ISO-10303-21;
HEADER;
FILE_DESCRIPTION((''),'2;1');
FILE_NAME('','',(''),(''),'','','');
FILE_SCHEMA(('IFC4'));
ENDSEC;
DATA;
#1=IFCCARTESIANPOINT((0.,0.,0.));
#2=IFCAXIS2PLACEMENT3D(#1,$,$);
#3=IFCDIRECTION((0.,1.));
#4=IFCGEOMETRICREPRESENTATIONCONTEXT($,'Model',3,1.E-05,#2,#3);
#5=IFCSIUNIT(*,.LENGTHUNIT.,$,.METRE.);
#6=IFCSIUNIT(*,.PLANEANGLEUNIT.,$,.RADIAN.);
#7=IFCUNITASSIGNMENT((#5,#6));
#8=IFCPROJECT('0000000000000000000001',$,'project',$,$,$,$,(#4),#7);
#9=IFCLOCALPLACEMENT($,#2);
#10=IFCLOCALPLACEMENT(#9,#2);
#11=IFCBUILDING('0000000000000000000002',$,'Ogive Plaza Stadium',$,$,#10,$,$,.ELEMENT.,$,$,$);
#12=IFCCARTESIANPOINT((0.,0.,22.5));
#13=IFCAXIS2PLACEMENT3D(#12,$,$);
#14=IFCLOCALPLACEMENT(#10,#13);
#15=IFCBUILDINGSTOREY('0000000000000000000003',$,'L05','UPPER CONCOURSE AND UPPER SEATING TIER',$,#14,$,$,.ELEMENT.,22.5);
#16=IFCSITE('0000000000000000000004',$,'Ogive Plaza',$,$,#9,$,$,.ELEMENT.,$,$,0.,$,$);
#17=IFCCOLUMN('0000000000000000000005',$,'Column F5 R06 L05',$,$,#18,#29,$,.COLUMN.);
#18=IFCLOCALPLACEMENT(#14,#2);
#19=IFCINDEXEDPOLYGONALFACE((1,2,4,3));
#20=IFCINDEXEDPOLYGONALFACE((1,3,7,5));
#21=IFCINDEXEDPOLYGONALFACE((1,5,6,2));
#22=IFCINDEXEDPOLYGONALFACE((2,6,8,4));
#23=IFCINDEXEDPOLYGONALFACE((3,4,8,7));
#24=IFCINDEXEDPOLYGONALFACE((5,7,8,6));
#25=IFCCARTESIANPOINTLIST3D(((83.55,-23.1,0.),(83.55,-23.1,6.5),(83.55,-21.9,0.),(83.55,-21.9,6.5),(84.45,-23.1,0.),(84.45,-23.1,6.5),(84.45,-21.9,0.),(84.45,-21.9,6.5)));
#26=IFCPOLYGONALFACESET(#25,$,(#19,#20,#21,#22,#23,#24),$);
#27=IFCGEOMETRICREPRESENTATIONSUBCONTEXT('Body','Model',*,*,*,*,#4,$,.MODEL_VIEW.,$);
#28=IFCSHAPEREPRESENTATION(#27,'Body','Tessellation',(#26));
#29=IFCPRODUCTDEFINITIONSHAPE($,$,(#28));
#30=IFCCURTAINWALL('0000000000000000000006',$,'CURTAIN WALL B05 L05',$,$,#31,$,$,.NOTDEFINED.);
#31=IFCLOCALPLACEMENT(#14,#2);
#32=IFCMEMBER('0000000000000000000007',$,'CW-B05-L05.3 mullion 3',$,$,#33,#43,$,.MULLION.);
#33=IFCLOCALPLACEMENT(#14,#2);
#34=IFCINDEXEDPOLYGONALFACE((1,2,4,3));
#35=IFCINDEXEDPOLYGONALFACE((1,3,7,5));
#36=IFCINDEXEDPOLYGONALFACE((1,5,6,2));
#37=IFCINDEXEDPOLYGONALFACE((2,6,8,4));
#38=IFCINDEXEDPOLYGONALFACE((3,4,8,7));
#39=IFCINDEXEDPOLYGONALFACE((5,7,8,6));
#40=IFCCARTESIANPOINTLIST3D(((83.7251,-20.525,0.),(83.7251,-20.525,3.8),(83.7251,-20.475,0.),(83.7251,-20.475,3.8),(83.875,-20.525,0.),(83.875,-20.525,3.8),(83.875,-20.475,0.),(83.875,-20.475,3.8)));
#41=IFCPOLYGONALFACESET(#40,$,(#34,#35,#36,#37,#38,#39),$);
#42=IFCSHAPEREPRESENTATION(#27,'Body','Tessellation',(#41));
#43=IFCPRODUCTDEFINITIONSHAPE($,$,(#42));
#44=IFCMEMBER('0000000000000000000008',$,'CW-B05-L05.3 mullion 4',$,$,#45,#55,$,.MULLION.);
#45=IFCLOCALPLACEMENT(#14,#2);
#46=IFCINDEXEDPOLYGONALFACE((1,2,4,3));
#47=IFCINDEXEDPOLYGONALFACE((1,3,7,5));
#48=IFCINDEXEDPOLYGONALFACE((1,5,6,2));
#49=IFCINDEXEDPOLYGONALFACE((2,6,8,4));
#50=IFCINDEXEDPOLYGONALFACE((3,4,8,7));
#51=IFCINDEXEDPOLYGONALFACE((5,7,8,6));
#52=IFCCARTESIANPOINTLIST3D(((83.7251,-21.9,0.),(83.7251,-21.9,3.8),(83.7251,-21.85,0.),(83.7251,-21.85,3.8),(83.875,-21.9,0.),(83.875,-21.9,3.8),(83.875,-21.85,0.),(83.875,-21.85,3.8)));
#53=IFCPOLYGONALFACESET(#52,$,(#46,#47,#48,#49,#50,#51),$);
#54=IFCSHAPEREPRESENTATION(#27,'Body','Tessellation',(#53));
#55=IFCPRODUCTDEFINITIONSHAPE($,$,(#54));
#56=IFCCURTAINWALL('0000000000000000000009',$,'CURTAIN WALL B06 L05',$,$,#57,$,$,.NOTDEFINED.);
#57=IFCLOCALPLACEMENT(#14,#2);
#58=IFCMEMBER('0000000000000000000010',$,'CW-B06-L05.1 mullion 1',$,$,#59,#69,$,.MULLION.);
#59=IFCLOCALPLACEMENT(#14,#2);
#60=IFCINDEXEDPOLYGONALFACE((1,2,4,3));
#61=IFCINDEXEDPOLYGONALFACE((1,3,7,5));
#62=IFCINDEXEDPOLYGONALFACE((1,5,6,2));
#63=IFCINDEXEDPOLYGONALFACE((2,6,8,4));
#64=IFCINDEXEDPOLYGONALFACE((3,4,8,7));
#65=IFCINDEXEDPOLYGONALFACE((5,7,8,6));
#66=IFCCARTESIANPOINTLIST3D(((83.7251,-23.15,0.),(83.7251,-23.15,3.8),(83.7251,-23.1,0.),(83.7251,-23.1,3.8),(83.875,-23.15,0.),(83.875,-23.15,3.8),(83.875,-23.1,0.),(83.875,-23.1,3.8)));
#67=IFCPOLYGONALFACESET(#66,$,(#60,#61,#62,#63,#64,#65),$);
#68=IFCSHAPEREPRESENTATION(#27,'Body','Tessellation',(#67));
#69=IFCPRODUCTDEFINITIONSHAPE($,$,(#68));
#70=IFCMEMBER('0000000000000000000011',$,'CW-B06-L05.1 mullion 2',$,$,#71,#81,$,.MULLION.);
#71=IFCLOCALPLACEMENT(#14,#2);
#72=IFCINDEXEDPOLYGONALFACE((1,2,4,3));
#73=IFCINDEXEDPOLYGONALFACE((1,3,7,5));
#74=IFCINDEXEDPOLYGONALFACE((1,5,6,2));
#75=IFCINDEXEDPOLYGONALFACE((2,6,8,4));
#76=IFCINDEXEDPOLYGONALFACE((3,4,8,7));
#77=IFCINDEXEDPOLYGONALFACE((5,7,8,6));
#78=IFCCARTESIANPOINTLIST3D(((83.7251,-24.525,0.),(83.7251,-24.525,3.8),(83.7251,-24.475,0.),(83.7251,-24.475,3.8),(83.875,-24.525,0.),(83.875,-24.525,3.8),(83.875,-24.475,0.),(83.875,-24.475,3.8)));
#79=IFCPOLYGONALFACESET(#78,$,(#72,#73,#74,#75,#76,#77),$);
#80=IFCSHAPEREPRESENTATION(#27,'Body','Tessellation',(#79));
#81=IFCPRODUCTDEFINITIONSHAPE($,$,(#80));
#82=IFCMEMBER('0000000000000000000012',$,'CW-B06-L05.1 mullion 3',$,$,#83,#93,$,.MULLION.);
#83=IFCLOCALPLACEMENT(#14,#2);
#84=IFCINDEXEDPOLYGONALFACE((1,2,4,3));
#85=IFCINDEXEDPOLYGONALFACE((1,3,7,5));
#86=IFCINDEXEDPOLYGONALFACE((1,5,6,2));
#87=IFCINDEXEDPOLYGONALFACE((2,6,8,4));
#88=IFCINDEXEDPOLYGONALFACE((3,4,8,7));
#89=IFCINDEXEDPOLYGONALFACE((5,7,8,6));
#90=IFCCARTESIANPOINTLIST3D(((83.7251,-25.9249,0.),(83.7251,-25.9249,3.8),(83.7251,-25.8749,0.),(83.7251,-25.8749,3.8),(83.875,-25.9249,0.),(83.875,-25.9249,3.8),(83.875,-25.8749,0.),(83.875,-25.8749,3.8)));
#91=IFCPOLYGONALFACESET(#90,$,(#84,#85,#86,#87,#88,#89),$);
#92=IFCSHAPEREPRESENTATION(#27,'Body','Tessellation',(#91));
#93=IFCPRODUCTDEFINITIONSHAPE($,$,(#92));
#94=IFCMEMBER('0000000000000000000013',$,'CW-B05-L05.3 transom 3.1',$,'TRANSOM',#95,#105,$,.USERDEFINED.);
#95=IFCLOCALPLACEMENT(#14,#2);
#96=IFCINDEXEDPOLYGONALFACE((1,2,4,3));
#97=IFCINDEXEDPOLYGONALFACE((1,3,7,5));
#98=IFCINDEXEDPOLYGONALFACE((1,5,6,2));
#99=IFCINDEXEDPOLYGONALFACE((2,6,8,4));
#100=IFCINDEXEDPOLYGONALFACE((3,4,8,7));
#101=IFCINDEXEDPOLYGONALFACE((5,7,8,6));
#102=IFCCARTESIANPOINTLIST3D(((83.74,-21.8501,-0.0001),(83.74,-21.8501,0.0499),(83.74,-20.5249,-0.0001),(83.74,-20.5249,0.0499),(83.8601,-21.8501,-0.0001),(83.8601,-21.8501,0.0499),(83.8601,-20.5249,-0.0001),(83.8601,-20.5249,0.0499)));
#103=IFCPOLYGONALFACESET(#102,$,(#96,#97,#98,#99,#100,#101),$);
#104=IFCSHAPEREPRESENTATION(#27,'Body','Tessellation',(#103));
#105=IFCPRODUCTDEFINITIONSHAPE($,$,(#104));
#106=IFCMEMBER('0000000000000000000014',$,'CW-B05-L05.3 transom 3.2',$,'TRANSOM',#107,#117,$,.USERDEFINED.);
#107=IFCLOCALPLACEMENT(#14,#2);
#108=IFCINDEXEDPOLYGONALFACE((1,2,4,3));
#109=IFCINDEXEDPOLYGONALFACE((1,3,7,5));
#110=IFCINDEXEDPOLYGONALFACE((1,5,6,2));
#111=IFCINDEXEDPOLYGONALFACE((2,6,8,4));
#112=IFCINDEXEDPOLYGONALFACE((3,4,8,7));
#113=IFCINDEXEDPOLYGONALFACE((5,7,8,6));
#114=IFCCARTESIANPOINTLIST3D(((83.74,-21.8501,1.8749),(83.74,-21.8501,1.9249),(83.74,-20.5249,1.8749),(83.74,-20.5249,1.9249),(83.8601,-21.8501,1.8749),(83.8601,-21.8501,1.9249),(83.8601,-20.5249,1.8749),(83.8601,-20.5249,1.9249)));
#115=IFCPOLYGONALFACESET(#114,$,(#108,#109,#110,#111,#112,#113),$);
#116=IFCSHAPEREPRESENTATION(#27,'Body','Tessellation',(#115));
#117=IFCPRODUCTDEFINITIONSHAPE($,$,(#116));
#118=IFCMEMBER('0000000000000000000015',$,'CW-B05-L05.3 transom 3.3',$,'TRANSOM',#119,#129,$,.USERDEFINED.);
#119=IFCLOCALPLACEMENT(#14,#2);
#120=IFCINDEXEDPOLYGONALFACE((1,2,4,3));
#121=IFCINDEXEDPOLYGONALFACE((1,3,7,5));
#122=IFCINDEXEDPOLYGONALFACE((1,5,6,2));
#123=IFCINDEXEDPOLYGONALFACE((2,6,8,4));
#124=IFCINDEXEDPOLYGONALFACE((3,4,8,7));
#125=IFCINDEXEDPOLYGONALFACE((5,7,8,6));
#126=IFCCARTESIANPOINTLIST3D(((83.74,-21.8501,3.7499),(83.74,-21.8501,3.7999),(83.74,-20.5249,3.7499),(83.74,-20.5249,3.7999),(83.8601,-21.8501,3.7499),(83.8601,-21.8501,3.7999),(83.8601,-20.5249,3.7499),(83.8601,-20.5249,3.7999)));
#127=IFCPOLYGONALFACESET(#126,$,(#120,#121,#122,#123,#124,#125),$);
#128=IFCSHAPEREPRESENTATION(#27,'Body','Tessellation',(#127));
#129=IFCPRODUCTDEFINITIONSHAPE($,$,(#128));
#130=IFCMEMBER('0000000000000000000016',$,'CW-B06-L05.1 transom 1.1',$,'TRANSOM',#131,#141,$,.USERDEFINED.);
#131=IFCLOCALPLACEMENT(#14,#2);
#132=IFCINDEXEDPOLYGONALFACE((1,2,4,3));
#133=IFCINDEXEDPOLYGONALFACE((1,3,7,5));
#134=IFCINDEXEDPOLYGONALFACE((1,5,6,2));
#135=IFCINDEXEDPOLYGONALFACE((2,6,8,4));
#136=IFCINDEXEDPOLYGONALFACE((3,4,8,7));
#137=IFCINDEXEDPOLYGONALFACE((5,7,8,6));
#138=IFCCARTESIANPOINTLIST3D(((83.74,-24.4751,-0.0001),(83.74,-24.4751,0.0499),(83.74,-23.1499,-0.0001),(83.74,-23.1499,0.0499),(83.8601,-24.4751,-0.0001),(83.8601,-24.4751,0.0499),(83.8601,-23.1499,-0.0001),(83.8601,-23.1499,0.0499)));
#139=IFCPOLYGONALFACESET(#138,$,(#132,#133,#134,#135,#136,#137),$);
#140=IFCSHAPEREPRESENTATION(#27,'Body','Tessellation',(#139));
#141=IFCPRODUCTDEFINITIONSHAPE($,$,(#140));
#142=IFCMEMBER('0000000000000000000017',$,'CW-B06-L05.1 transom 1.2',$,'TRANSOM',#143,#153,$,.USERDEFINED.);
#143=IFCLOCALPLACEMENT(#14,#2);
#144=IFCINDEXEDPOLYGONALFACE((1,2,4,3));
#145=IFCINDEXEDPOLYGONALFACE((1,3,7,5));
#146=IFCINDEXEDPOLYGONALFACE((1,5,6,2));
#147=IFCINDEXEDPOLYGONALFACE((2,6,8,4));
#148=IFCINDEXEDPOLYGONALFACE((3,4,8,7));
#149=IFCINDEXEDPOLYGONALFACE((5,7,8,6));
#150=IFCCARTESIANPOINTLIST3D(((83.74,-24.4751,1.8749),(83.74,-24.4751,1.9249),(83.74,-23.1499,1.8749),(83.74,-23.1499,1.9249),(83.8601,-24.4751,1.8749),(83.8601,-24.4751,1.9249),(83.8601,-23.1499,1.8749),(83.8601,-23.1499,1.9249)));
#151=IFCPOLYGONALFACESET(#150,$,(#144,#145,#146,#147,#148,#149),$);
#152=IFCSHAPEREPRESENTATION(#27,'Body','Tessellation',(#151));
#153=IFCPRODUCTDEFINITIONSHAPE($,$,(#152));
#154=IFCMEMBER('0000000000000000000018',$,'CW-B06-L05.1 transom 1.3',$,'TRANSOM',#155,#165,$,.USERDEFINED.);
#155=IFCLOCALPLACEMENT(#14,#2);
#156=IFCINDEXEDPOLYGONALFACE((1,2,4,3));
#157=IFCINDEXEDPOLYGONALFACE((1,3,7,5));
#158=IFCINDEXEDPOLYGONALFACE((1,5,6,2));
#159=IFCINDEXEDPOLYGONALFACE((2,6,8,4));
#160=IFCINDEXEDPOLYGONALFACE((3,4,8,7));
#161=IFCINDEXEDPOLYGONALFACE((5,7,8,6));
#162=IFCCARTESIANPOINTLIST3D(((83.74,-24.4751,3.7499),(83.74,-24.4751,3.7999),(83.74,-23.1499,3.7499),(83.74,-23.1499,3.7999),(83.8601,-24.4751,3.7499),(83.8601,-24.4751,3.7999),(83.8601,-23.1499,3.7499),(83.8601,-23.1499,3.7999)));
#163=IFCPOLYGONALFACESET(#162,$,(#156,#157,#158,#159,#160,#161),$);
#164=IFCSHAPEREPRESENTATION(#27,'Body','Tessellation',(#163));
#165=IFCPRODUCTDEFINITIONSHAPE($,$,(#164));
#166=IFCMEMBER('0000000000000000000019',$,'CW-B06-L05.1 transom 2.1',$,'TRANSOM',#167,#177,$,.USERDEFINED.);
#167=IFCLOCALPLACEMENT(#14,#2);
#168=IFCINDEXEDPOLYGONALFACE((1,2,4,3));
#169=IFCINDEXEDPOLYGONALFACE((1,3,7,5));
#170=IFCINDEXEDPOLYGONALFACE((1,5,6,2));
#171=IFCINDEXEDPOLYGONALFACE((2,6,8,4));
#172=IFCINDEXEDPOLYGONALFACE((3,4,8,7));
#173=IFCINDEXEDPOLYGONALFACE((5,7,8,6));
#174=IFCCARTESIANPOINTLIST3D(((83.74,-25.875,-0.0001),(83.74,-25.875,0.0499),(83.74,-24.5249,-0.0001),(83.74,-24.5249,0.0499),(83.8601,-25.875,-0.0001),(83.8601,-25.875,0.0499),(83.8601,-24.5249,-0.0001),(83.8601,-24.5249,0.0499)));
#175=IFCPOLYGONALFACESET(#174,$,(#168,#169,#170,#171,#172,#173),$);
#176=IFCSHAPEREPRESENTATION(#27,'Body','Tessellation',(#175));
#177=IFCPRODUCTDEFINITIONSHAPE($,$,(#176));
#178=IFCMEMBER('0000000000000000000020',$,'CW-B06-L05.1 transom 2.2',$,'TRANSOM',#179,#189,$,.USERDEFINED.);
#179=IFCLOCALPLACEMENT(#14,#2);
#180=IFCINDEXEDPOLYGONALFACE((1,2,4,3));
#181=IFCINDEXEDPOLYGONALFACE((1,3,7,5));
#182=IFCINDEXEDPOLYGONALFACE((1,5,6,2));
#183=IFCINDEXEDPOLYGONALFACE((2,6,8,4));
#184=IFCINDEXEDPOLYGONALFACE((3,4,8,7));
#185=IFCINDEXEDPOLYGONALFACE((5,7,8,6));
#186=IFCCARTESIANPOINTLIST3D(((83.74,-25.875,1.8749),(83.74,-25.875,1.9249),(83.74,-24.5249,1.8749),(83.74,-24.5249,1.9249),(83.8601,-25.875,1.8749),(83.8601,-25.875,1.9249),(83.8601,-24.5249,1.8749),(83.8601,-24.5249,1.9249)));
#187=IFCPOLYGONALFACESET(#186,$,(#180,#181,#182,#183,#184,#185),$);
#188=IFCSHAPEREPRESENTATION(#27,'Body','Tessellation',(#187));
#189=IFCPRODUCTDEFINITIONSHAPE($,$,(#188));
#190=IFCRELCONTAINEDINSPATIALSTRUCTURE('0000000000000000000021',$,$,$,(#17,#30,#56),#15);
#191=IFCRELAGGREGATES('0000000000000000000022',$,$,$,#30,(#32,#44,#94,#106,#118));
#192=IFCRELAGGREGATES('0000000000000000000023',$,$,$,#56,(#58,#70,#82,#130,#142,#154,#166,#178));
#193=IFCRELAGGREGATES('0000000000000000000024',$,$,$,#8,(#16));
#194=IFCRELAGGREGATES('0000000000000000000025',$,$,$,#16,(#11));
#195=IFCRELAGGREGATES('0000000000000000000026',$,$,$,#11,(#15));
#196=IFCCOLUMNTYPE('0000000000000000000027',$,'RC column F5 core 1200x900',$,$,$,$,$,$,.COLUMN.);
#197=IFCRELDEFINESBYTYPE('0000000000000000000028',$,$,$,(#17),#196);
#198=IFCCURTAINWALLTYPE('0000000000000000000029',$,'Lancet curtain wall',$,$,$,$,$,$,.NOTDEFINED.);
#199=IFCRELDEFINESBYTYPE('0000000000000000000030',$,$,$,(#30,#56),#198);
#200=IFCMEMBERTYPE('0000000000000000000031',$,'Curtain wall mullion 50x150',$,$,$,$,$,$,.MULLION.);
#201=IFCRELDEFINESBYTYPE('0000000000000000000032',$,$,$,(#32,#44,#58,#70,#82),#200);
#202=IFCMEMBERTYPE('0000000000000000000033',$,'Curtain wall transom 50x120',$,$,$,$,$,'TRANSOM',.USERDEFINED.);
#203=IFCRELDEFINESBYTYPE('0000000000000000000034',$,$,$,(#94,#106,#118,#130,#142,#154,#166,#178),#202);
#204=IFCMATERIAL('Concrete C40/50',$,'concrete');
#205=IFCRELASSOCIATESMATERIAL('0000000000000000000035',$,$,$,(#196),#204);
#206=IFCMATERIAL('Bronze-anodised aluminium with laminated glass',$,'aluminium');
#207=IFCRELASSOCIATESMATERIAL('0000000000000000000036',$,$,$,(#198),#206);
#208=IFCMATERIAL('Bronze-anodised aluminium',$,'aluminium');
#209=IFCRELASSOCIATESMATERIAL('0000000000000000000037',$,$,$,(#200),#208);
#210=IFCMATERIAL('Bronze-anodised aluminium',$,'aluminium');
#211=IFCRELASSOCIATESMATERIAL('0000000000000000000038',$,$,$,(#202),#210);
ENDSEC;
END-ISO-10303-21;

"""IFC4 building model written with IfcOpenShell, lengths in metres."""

from ifc_helpers import new_model, si_unit, direction, frame, origin, origin_2d, place, context, subcontext, project, spatial, rectangle, extrude, material, material_profile, profile_set, type_object, element, aggregate, save


model = new_model("IFC4")

# Units and contexts
model_context = context("Model", 3, precision=1e-05, world=origin(), true_north=direction((0.0, 1.0)))
body_context = subcontext(model_context, "Body", "Model", "MODEL_VIEW")
ifc_project = project(units=[si_unit("LENGTHUNIT", "METRE"), si_unit("PLANEANGLEUNIT", "RADIAN")], contexts=[model_context])

# Site, building, storey
site_placement = place(None, origin())
site = spatial("IfcSite", under=ifc_project, at=site_placement, Name="Ogive Plaza", CompositionType="ELEMENT", RefElevation=0.0)
building_placement = place(site_placement, origin())
building = spatial("IfcBuilding", under=site, at=building_placement, Name="Ogive Plaza Stadium", CompositionType="ELEMENT")
storey_placement = place(building_placement, frame((0.0, 0.0, 22.5)))
storey = spatial("IfcBuildingStorey", under=building, at=storey_placement, Name="L05", Description="UPPER CONCOURSE AND UPPER SEATING TIER", CompositionType="ELEMENT", Elevation=22.5)

# Column
ifc_material_1 = material(Name="Concrete C40/50", Category="concrete")
ifc_material_profile_1 = material_profile(ifc_material_1, rectangle(XDim=1.2, YDim=0.8999, at=origin_2d()), Name="RC 1200x900")
ifc_profile_set_1 = profile_set([ifc_material_profile_1], Name="Concrete C40/50")
column_type = type_object("IfcColumnType", Name="RC column F5 core 1200x900", PredefinedType="COLUMN", material=ifc_profile_set_1)
column_placement = place(storey_placement, frame((84.0, -22.5, 0.0), z_axis=(0.0, 0.0, 1.0), x_axis=(0.0, 1.0, 0.0)))
element("IfcColumn", 1, at=column_placement, inside=storey, type_object=column_type, Name="Column F5 R06 L05", PredefinedType="COLUMN", context=body_context, shape_type="SweptSolid", body=[
    extrude(rectangle(XDim=1.2, YDim=0.8999, at=origin_2d()), origin(), (0.0, 0.0, 1.0), 6.5),
])

# Curtain walls, members
ifc_material_2 = material(Name="Bronze-anodised aluminium with laminated glass", Category="aluminium")
curtain_wall_type = type_object("IfcCurtainWallType", Name="Lancet curtain wall", PredefinedType="NOTDEFINED", material=ifc_material_2)
curtain_wall_1_placement = place(storey_placement, origin())
curtain_wall_1 = element("IfcCurtainWall", 2, at=curtain_wall_1_placement, inside=storey, type_object=curtain_wall_type, Name="CURTAIN WALL B05 L05", PredefinedType="NOTDEFINED")
ifc_material_3 = material(Name="Bronze-anodised aluminium", Category="aluminium")
ifc_material_profile_2 = material_profile(ifc_material_3, rectangle(XDim=0.1499, YDim=0.05, at=origin_2d()), Name="AL 150x50")
ifc_profile_set_2 = profile_set([ifc_material_profile_2], Name="Bronze-anodised aluminium")
member_type_1 = type_object("IfcMemberType", Name="Curtain wall mullion 50x150", PredefinedType="MULLION", material=ifc_profile_set_2)
member_1_placement = place(storey_placement, frame((83.8, -20.5, 0.0), z_axis=(0.0, 0.0, 1.0), x_axis=(1.0, 0.0, 0.0)))
member_1 = element("IfcMember", 3, at=member_1_placement, type_object=member_type_1, Name="CW-B05-L05.3 mullion 3", PredefinedType="MULLION", context=body_context, shape_type="SweptSolid", body=[
    extrude(rectangle(XDim=0.1499, YDim=0.05, at=origin_2d()), origin(), (0.0, 0.0, 1.0), 3.8),
])
member_2_placement = place(storey_placement, frame((83.8, -21.875, 0.0), z_axis=(0.0, 0.0, 1.0), x_axis=(1.0, 0.0, 0.0)))
member_2 = element("IfcMember", 4, at=member_2_placement, type_object=member_type_1, Name="CW-B05-L05.3 mullion 4", PredefinedType="MULLION", context=body_context, shape_type="SweptSolid", body=[
    extrude(rectangle(XDim=0.1499, YDim=0.05, at=origin_2d()), origin(), (0.0, 0.0, 1.0), 3.8),
])
curtain_wall_2_placement = place(storey_placement, origin())
curtain_wall_2 = element("IfcCurtainWall", 5, at=curtain_wall_2_placement, inside=storey, type_object=curtain_wall_type, Name="CURTAIN WALL B06 L05", PredefinedType="NOTDEFINED")
member_3_placement = place(storey_placement, frame((83.8, -23.125, 0.0), z_axis=(0.0, 0.0, 1.0), x_axis=(1.0, 0.0, 0.0)))
member_3 = element("IfcMember", 6, at=member_3_placement, type_object=member_type_1, Name="CW-B06-L05.1 mullion 1", PredefinedType="MULLION", context=body_context, shape_type="SweptSolid", body=[
    extrude(rectangle(XDim=0.1499, YDim=0.05, at=origin_2d()), origin(), (0.0, 0.0, 1.0), 3.8),
])
member_4_placement = place(storey_placement, frame((83.8, -24.5, 0.0), z_axis=(0.0, 0.0, 1.0), x_axis=(1.0, 0.0, 0.0)))
member_4 = element("IfcMember", 7, at=member_4_placement, type_object=member_type_1, Name="CW-B06-L05.1 mullion 2", PredefinedType="MULLION", context=body_context, shape_type="SweptSolid", body=[
    extrude(rectangle(XDim=0.1499, YDim=0.05, at=origin_2d()), origin(), (0.0, 0.0, 1.0), 3.8),
])
member_5_placement = place(storey_placement, frame((83.8, -25.8999, 0.0), z_axis=(0.0, 0.0, 1.0), x_axis=(1.0, 0.0, 0.0)))
member_5 = element("IfcMember", 8, at=member_5_placement, type_object=member_type_1, Name="CW-B06-L05.1 mullion 3", PredefinedType="MULLION", context=body_context, shape_type="SweptSolid", body=[
    extrude(rectangle(XDim=0.1499, YDim=0.05, at=origin_2d()), origin(), (0.0, 0.0, 1.0), 3.8),
])

# Members
ifc_material_4 = material(Name="Bronze-anodised aluminium", Category="aluminium")
ifc_material_profile_3 = material_profile(ifc_material_4, rectangle(XDim=0.1201, YDim=0.05, at=origin_2d()), Name="AL 120x50")
ifc_profile_set_3 = profile_set([ifc_material_profile_3], Name="Bronze-anodised aluminium")
member_type_2 = type_object("IfcMemberType", Name="Curtain wall transom 50x120", ElementType="TRANSOM", PredefinedType="USERDEFINED", material=ifc_profile_set_3)
member_6_placement = place(storey_placement, frame((83.8, -20.5249, 0.0249), z_axis=(0.0, -1.0, 0.0), x_axis=(1.0, 0.0, 0.0)))
member_6 = element("IfcMember", 9, at=member_6_placement, type_object=member_type_2, Name="CW-B05-L05.3 transom 3.1", ObjectType="TRANSOM", PredefinedType="USERDEFINED", context=body_context, shape_type="SweptSolid", body=[
    extrude(rectangle(XDim=0.1201, YDim=0.05, at=origin_2d()), origin(), (0.0, 0.0, 1.0), 1.3252),
])
member_7_placement = place(storey_placement, frame((83.8, -20.5249, 1.8999), z_axis=(0.0, -1.0, 0.0), x_axis=(1.0, 0.0, 0.0)))
member_7 = element("IfcMember", 10, at=member_7_placement, type_object=member_type_2, Name="CW-B05-L05.3 transom 3.2", ObjectType="TRANSOM", PredefinedType="USERDEFINED", context=body_context, shape_type="SweptSolid", body=[
    extrude(rectangle(XDim=0.1201, YDim=0.05, at=origin_2d()), origin(), (0.0, 0.0, 1.0), 1.3252),
])
member_8_placement = place(storey_placement, frame((83.8, -20.5249, 3.7749), z_axis=(0.0, -1.0, 0.0), x_axis=(1.0, 0.0, 0.0)))
member_8 = element("IfcMember", 11, at=member_8_placement, type_object=member_type_2, Name="CW-B05-L05.3 transom 3.3", ObjectType="TRANSOM", PredefinedType="USERDEFINED", context=body_context, shape_type="SweptSolid", body=[
    extrude(rectangle(XDim=0.1201, YDim=0.05, at=origin_2d()), origin(), (0.0, 0.0, 1.0), 1.3252),
])
member_9_placement = place(storey_placement, frame((83.8, -23.1499, 0.0249), z_axis=(0.0, -1.0, 0.0), x_axis=(1.0, 0.0, 0.0)))
member_9 = element("IfcMember", 12, at=member_9_placement, type_object=member_type_2, Name="CW-B06-L05.1 transom 1.1", ObjectType="TRANSOM", PredefinedType="USERDEFINED", context=body_context, shape_type="SweptSolid", body=[
    extrude(rectangle(XDim=0.1201, YDim=0.05, at=origin_2d()), origin(), (0.0, 0.0, 1.0), 1.3252),
])
member_10_placement = place(storey_placement, frame((83.8, -23.1499, 1.8999), z_axis=(0.0, -1.0, 0.0), x_axis=(1.0, 0.0, 0.0)))
member_10 = element("IfcMember", 13, at=member_10_placement, type_object=member_type_2, Name="CW-B06-L05.1 transom 1.2", ObjectType="TRANSOM", PredefinedType="USERDEFINED", context=body_context, shape_type="SweptSolid", body=[
    extrude(rectangle(XDim=0.1201, YDim=0.05, at=origin_2d()), origin(), (0.0, 0.0, 1.0), 1.3252),
])
member_11_placement = place(storey_placement, frame((83.8, -23.1499, 3.7749), z_axis=(0.0, -1.0, 0.0), x_axis=(1.0, 0.0, 0.0)))
member_11 = element("IfcMember", 14, at=member_11_placement, type_object=member_type_2, Name="CW-B06-L05.1 transom 1.3", ObjectType="TRANSOM", PredefinedType="USERDEFINED", context=body_context, shape_type="SweptSolid", body=[
    extrude(rectangle(XDim=0.1201, YDim=0.05, at=origin_2d()), origin(), (0.0, 0.0, 1.0), 1.3252),
])
member_12_placement = place(storey_placement, frame((83.8, -24.5249, 0.0249), z_axis=(0.0, -1.0, 0.0), x_axis=(1.0, 0.0, 0.0)))
member_12 = element("IfcMember", 15, at=member_12_placement, type_object=member_type_2, Name="CW-B06-L05.1 transom 2.1", ObjectType="TRANSOM", PredefinedType="USERDEFINED", context=body_context, shape_type="SweptSolid", body=[
    extrude(rectangle(XDim=0.1201, YDim=0.05, at=origin_2d()), origin(), (0.0, 0.0, 1.0), 1.3501),
])
member_13_placement = place(storey_placement, frame((83.8, -24.5249, 1.8999), z_axis=(0.0, -1.0, 0.0), x_axis=(1.0, 0.0, 0.0)))
member_13 = element("IfcMember", 16, at=member_13_placement, type_object=member_type_2, Name="CW-B06-L05.1 transom 2.2", ObjectType="TRANSOM", PredefinedType="USERDEFINED", context=body_context, shape_type="SweptSolid", body=[
    extrude(rectangle(XDim=0.1201, YDim=0.05, at=origin_2d()), origin(), (0.0, 0.0, 1.0), 1.3501),
])

aggregate(curtain_wall_1, [member_1, member_2, member_6, member_7, member_8])
aggregate(curtain_wall_2, [member_3, member_4, member_5, member_9, member_10, member_11, member_12, member_13])

save(model, "model.ifc")
